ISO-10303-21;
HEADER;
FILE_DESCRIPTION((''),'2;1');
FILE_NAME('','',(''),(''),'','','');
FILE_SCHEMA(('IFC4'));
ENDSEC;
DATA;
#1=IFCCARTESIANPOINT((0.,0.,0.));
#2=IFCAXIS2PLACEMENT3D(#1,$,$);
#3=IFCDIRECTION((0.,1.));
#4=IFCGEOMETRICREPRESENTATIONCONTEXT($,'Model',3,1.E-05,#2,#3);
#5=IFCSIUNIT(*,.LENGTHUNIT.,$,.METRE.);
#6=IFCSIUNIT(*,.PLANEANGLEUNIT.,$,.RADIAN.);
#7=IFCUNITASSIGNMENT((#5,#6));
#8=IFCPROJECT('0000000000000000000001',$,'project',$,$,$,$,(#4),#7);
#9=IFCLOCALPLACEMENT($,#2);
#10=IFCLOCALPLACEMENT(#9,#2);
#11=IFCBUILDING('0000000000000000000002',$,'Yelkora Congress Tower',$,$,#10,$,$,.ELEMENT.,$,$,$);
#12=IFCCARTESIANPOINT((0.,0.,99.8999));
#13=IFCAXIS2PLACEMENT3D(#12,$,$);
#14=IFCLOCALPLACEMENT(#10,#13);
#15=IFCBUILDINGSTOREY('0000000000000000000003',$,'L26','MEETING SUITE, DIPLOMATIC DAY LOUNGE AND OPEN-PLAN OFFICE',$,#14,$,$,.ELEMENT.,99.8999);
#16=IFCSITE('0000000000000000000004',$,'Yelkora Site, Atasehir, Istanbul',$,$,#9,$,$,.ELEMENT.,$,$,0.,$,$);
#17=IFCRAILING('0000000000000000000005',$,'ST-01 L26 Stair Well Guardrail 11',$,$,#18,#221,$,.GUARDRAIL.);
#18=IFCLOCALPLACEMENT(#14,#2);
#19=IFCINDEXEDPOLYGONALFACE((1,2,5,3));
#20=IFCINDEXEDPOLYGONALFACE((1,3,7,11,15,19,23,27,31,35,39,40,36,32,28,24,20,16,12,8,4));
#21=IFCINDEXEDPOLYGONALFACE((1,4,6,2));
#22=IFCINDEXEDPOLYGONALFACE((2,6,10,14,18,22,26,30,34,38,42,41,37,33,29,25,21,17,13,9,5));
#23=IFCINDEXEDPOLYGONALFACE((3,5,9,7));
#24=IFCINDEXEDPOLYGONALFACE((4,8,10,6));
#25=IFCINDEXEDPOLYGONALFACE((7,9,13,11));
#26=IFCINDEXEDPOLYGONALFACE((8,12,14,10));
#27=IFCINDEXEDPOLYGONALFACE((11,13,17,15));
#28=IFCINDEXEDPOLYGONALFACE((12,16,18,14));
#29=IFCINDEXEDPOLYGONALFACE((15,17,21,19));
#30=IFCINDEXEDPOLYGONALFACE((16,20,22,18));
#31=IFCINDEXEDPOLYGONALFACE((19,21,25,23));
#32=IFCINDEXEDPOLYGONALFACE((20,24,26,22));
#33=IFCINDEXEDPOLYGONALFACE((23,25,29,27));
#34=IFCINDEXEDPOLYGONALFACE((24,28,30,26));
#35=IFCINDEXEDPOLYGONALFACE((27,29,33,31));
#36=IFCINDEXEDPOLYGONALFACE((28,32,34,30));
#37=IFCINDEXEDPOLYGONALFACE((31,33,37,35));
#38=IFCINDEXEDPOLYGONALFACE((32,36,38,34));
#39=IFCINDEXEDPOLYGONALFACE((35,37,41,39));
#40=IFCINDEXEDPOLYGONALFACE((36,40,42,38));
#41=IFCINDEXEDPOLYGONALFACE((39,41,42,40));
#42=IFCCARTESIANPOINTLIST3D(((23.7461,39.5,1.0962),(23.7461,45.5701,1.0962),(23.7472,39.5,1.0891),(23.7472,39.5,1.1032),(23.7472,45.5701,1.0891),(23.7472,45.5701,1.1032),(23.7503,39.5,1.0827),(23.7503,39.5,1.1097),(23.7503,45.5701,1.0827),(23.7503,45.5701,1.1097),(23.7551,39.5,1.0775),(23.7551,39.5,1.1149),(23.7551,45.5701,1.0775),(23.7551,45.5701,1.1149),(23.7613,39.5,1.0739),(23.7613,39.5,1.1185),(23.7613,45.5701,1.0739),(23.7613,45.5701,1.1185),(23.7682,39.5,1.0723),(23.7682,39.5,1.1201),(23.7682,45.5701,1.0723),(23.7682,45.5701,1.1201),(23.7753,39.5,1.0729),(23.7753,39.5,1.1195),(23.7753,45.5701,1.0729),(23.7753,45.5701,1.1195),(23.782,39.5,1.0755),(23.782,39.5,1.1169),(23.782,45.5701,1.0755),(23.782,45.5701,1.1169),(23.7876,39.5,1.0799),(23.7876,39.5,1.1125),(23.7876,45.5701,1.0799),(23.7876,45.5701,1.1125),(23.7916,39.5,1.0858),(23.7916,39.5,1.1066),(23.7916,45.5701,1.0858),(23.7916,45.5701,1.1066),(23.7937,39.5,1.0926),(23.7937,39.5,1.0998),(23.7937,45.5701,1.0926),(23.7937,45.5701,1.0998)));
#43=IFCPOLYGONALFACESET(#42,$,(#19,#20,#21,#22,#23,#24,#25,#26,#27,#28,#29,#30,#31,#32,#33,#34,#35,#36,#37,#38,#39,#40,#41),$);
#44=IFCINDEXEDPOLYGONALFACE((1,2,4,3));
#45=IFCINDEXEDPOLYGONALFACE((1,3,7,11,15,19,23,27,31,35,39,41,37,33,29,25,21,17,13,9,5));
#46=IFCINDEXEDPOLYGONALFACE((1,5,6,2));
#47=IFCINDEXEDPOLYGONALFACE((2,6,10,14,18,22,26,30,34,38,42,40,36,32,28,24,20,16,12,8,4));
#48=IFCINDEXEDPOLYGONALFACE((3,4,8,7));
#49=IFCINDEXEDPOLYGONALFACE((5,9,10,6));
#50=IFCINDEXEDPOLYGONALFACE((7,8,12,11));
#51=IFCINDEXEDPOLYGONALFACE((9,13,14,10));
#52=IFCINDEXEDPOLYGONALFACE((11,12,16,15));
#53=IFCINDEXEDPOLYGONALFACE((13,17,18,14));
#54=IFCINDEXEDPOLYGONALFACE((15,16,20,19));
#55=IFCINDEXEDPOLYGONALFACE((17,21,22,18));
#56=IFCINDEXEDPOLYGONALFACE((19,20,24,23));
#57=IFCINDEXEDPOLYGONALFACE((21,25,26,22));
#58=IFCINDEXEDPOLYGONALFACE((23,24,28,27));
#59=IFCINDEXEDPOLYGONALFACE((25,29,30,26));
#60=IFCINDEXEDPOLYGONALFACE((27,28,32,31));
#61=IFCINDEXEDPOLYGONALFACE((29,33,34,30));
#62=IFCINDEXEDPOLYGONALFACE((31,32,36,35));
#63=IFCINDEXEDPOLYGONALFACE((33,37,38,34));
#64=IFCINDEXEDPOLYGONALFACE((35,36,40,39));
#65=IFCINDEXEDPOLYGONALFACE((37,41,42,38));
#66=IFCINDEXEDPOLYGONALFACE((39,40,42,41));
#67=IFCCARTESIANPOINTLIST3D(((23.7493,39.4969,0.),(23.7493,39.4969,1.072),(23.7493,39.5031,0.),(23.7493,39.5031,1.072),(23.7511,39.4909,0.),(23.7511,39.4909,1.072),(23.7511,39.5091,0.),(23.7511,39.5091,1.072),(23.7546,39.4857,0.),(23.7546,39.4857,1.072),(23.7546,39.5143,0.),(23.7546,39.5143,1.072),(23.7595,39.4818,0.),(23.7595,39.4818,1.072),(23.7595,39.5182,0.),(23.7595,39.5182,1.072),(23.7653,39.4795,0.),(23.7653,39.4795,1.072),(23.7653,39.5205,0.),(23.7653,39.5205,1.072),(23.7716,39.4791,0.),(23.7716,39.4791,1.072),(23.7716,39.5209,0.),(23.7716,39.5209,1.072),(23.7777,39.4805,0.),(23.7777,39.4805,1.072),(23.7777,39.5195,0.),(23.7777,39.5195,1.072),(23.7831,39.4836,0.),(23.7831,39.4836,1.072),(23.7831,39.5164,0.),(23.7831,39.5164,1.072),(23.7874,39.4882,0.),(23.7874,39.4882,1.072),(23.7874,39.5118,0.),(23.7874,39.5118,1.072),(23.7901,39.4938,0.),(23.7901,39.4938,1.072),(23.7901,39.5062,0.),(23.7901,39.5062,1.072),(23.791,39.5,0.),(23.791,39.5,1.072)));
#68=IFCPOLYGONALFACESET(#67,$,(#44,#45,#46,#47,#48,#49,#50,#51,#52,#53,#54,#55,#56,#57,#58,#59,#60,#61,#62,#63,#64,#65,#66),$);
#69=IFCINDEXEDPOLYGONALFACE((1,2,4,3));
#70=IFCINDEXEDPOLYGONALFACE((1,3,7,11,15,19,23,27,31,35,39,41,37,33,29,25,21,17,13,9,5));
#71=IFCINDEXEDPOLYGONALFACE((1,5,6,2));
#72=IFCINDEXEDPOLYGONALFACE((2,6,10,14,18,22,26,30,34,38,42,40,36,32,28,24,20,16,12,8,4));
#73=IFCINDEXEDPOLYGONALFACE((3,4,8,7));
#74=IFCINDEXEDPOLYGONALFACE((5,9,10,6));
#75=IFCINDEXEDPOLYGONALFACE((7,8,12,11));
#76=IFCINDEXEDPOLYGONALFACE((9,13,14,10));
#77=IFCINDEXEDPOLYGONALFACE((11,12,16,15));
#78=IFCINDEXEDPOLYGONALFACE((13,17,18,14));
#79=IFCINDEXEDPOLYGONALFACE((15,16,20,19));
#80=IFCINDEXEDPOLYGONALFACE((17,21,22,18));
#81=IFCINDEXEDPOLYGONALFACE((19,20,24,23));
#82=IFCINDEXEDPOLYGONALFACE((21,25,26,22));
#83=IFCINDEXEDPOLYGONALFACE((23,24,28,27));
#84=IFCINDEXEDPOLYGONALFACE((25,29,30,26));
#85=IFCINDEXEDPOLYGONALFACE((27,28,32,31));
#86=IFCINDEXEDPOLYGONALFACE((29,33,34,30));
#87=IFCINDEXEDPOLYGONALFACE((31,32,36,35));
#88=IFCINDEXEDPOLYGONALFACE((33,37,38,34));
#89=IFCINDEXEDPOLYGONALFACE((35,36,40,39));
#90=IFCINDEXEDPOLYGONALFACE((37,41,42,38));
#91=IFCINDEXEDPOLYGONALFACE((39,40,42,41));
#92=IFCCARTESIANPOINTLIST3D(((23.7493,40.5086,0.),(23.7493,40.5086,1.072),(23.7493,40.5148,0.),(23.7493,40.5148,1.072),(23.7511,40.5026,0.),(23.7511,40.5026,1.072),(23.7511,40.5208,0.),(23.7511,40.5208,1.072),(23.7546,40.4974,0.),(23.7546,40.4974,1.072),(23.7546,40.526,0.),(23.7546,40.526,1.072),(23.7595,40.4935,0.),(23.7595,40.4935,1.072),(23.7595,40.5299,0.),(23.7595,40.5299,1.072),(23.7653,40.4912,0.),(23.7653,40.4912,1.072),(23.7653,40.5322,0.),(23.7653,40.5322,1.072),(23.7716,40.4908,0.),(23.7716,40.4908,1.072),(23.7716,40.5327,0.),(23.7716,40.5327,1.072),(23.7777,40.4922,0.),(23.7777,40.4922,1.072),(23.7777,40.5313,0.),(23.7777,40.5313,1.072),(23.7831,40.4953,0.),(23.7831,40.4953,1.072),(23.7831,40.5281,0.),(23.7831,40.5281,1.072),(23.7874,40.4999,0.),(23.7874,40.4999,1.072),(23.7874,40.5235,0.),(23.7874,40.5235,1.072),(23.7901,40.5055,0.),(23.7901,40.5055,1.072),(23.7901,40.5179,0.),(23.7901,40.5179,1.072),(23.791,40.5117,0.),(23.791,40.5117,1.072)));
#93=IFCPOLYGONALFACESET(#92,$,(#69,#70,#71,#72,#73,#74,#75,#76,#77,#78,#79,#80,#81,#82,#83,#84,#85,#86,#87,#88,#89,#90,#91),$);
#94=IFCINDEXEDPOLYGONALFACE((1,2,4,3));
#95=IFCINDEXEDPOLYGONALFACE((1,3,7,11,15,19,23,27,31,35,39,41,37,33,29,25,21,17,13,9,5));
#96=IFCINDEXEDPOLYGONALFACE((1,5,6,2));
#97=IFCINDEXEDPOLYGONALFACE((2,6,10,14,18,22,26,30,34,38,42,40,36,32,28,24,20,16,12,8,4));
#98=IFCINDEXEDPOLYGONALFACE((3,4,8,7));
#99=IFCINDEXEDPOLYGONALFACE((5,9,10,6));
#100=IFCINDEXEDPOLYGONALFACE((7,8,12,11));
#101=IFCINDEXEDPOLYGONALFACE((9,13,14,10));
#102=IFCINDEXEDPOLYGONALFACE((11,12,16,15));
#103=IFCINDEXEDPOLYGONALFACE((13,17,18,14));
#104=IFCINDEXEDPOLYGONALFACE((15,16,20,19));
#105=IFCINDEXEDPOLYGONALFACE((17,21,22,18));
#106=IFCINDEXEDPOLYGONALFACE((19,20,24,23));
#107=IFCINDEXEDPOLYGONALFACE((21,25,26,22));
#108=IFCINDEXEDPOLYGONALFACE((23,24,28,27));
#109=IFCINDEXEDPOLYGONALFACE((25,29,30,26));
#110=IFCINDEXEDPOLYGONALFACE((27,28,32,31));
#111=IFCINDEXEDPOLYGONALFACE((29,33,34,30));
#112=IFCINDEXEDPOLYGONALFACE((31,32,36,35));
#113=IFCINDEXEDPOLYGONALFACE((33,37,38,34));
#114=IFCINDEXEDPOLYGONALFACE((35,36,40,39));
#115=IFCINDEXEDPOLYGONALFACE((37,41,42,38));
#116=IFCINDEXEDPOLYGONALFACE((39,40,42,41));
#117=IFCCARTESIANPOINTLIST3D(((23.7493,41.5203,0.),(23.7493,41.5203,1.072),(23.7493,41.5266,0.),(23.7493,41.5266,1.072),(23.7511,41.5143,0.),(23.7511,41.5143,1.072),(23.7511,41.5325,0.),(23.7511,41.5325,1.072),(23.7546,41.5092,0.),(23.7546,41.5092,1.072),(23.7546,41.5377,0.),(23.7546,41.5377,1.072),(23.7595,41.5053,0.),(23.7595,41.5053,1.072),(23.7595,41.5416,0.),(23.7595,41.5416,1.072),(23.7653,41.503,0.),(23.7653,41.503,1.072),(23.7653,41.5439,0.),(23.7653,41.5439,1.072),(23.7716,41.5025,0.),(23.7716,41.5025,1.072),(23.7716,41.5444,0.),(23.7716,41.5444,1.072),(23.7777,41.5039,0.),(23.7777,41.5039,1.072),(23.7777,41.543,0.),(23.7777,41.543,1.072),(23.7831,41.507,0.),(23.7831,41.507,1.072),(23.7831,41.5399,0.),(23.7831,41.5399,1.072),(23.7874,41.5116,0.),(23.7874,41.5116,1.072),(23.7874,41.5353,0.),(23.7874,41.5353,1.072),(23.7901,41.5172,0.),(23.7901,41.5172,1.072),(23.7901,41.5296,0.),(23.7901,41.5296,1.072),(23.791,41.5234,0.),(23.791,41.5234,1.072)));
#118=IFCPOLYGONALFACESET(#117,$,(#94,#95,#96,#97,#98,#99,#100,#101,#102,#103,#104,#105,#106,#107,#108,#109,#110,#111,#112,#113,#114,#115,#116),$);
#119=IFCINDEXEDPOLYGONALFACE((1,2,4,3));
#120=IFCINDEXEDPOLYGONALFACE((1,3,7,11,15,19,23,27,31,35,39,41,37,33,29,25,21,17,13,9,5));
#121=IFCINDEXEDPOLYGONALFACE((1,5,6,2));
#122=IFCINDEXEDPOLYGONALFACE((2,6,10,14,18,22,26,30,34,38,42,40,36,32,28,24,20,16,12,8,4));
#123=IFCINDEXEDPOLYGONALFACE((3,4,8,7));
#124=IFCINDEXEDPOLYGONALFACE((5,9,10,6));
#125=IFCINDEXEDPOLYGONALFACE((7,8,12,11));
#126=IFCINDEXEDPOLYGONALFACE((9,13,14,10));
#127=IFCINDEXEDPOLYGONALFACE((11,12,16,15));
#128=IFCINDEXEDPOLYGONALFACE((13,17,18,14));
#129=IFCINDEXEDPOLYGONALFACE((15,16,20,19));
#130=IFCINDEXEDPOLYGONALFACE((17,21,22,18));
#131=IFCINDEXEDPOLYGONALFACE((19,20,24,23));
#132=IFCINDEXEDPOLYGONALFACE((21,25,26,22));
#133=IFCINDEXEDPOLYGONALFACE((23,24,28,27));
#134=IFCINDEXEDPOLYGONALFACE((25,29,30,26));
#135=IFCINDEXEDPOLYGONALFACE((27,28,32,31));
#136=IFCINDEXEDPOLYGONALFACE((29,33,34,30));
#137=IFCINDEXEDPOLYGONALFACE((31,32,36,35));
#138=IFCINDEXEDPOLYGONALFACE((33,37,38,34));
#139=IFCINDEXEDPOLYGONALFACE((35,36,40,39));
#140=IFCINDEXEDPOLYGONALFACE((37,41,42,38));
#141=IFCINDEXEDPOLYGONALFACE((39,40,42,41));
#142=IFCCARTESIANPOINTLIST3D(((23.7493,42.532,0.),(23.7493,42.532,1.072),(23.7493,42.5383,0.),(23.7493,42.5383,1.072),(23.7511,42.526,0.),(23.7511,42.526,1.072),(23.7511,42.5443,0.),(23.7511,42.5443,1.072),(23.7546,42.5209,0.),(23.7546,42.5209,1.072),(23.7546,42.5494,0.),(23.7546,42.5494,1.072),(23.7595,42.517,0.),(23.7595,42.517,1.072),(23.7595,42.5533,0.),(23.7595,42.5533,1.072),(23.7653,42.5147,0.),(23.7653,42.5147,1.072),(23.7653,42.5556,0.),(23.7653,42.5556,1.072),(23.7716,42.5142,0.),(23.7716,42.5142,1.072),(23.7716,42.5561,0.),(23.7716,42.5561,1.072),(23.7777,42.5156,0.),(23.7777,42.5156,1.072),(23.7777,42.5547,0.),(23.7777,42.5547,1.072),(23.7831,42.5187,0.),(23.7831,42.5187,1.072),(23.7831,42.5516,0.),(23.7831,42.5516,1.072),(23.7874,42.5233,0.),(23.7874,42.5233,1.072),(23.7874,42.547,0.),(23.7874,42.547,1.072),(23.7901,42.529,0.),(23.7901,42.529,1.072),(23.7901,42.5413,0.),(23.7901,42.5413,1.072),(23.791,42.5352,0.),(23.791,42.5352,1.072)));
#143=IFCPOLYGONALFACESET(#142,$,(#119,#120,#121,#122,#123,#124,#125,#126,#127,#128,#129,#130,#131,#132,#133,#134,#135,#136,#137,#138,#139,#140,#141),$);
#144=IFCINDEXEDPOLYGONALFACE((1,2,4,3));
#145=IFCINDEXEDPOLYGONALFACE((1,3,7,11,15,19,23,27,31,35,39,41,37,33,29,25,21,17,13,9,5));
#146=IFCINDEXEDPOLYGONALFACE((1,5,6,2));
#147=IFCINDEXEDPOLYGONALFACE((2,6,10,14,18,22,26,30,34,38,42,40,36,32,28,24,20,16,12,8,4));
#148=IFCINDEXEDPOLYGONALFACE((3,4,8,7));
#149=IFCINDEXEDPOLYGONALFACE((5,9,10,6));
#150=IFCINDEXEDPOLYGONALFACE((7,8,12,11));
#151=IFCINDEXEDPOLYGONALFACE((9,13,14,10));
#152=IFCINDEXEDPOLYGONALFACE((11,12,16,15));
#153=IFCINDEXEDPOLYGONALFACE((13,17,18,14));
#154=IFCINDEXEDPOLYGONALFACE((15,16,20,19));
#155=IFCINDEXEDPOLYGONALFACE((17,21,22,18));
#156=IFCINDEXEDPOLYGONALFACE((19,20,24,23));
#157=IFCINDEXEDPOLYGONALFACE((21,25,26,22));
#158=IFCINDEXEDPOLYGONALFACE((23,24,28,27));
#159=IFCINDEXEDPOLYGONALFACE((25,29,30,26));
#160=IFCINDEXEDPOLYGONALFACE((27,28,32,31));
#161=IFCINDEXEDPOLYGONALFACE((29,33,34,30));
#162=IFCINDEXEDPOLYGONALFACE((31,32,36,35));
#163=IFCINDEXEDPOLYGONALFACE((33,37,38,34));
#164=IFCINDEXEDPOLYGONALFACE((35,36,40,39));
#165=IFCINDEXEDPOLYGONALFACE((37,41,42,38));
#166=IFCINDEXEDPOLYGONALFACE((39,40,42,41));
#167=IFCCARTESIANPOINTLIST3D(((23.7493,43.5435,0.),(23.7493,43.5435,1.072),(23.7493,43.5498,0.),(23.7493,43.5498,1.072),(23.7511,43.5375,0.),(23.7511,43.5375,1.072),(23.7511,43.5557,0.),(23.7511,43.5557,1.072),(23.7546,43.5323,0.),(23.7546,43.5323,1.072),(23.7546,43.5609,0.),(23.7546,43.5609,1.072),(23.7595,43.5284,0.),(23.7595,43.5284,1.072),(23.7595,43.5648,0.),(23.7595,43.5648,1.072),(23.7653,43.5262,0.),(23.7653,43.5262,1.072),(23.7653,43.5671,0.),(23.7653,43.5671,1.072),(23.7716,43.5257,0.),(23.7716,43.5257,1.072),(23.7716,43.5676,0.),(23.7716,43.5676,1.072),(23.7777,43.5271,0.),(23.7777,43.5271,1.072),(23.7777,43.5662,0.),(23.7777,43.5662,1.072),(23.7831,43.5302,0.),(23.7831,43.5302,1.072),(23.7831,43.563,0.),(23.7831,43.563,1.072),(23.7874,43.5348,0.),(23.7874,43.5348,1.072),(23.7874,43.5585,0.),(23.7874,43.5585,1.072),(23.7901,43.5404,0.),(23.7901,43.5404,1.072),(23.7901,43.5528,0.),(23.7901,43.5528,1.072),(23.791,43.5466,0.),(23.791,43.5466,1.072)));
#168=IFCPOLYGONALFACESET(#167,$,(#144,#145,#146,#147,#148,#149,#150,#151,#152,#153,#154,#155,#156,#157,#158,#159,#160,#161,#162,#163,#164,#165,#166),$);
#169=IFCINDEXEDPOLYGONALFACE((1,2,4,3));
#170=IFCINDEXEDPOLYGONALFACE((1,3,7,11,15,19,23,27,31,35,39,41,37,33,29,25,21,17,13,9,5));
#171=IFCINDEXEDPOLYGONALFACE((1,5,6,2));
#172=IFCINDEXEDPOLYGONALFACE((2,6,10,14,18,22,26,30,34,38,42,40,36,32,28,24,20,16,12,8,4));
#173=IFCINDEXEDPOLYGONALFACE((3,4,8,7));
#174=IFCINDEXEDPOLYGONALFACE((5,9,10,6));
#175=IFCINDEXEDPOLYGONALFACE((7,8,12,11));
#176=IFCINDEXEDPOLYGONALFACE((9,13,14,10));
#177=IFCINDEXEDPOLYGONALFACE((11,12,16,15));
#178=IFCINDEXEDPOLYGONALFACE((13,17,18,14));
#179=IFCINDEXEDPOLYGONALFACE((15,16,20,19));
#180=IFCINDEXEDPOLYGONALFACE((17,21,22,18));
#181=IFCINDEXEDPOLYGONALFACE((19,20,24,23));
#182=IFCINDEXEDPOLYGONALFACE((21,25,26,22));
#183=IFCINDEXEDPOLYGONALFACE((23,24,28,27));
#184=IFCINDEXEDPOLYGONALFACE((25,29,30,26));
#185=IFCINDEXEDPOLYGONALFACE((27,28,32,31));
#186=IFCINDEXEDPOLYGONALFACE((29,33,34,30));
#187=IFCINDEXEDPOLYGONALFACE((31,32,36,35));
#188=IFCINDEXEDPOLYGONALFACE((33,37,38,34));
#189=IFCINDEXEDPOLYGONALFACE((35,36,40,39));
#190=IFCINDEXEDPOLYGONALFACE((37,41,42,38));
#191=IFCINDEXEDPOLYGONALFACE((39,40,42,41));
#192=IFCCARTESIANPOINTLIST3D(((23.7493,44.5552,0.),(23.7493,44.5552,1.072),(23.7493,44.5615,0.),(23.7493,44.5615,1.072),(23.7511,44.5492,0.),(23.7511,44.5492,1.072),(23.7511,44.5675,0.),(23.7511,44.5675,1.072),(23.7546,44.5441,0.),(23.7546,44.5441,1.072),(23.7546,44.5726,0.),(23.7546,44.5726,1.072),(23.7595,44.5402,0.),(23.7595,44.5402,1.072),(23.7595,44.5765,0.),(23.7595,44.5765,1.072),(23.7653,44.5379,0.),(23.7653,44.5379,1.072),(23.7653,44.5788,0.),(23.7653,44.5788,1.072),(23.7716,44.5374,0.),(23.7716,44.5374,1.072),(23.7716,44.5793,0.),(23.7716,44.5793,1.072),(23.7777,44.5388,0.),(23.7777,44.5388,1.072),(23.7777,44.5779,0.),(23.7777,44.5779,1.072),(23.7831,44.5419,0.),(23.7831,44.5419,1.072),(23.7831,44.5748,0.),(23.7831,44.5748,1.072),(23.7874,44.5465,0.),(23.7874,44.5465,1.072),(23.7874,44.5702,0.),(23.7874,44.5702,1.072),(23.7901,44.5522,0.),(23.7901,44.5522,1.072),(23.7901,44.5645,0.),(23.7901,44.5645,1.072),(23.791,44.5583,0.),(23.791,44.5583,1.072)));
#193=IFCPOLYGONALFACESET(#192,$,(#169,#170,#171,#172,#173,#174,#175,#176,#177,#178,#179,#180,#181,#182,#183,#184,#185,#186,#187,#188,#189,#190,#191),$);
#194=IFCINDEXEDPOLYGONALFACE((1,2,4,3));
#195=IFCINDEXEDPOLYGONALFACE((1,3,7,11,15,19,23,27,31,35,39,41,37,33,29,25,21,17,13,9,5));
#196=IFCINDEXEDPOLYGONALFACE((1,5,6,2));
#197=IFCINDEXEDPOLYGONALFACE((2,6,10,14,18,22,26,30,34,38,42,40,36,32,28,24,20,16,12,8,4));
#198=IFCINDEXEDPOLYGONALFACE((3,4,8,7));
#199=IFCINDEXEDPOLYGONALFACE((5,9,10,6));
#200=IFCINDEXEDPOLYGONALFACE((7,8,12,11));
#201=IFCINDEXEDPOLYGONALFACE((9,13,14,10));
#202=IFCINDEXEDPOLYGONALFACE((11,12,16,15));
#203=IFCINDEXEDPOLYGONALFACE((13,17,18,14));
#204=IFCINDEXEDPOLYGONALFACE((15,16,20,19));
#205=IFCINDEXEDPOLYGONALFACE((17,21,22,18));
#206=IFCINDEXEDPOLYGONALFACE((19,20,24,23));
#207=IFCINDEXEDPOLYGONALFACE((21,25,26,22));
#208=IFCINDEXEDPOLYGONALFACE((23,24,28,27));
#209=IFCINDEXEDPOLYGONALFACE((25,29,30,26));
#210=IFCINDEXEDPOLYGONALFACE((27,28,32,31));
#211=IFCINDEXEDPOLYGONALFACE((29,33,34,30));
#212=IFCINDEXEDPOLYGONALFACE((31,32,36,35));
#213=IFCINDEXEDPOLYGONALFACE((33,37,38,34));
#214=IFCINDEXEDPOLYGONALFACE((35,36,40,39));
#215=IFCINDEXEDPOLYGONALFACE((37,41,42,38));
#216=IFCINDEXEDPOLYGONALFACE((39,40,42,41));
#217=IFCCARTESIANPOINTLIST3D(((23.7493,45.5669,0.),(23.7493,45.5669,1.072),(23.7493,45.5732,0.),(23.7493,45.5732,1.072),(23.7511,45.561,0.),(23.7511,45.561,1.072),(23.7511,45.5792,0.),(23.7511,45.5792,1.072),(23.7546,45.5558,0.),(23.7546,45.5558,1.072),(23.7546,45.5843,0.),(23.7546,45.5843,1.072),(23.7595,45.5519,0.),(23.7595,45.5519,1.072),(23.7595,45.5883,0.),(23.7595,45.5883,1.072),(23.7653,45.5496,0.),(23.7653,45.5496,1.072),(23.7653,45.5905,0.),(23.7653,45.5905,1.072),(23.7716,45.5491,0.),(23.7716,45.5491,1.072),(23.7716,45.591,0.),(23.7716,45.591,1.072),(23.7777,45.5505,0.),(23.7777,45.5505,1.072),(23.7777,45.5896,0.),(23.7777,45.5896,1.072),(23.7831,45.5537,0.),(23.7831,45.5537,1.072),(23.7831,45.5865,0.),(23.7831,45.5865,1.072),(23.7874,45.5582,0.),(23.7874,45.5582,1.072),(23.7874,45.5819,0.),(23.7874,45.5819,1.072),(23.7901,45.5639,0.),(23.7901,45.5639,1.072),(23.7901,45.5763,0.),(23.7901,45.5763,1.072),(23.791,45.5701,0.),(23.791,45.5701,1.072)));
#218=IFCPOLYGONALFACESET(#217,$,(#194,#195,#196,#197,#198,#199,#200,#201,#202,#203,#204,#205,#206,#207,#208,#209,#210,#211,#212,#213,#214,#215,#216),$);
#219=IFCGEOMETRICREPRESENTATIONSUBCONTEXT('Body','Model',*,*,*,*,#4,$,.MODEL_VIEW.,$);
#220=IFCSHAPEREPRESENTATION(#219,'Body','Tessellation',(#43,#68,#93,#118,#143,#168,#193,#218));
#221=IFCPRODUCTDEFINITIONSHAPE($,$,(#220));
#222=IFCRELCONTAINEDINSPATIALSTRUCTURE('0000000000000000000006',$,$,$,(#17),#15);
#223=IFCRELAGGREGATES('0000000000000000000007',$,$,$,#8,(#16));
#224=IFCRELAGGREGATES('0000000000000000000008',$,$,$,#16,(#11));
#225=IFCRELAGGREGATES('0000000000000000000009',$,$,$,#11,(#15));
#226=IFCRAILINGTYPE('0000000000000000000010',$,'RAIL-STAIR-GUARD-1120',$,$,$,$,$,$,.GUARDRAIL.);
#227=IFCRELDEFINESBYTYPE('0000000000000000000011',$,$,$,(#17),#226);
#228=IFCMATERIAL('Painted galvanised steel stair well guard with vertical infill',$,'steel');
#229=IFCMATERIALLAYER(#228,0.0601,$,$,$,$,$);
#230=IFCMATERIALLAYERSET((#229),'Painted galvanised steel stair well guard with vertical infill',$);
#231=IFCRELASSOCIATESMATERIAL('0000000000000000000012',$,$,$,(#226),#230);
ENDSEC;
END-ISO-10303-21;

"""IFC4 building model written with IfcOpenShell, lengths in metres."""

from ifc_helpers import new_model, si_unit, direction, frame, origin, origin_2d, place, context, subcontext, project, spatial, circle, extrude, material, layer, layer_set, type_object, element, save


model = new_model("IFC4")

# Units and contexts
model_context = context("Model", 3, precision=1e-05, world=origin(), true_north=direction((0.0, 1.0)))
body_context = subcontext(model_context, "Body", "Model", "MODEL_VIEW")
ifc_project = project(units=[si_unit("LENGTHUNIT", "METRE"), si_unit("PLANEANGLEUNIT", "RADIAN")], contexts=[model_context])

# Site, building, storey
site_placement = place(None, origin())
site = spatial("IfcSite", under=ifc_project, at=site_placement, Name="Yelkora Site, Atasehir, Istanbul", CompositionType="ELEMENT", RefElevation=0.0)
building_placement = place(site_placement, origin())
building = spatial("IfcBuilding", under=site, at=building_placement, Name="Yelkora Congress Tower", CompositionType="ELEMENT")
storey_placement = place(building_placement, frame((0.0, 0.0, 99.8999)))
storey = spatial("IfcBuildingStorey", under=building, at=storey_placement, Name="L26", Description="MEETING SUITE, DIPLOMATIC DAY LOUNGE AND OPEN-PLAN OFFICE", CompositionType="ELEMENT", Elevation=99.8999)

# Railing
ifc_material_1 = material(Name="Painted galvanised steel stair well guard with vertical infill", Category="steel")
ifc_layer_1 = layer(ifc_material_1, 0.0601)
ifc_layer_set_1 = layer_set([ifc_layer_1], Name="Painted galvanised steel stair well guard with vertical infill")
railing_type_1 = type_object("IfcRailingType", Name="RAIL-STAIR-GUARD-1120", PredefinedType="GUARDRAIL", material=ifc_layer_set_1)
railing_1_placement = place(storey_placement, frame((23.77, 39.5, 0.0)))
element("IfcRailing", 1, at=railing_1_placement, inside=storey, type_object=railing_type_1, Name="ST-01 L26 Stair Well Guardrail 11", PredefinedType="GUARDRAIL", context=body_context, shape_type="SweptSolid", body=[
    extrude(circle(Radius=0.0239, at=origin_2d()), frame((0.0, 0.0, 1.0962), z_axis=(0.0, 1.0, 0.0), x_axis=(-1.0, 0.0, 0.0)), (0.0, 0.0, 1.0), 6.0701),
    extrude(circle(Radius=0.021, at=origin_2d()), origin(), (0.0, 0.0, 1.0), 1.072),
    extrude(circle(Radius=0.021, at=origin_2d()), frame((0.0, 1.0117, 0.0)), (0.0, 0.0, 1.0), 1.072),
    extrude(circle(Radius=0.021, at=origin_2d()), frame((0.0, 2.0234, 0.0)), (0.0, 0.0, 1.0), 1.072),
    extrude(circle(Radius=0.021, at=origin_2d()), frame((0.0, 3.0352, 0.0)), (0.0, 0.0, 1.0), 1.072),
    extrude(circle(Radius=0.021, at=origin_2d()), frame((0.0, 4.0466, 0.0)), (0.0, 0.0, 1.0), 1.072),
    extrude(circle(Radius=0.021, at=origin_2d()), frame((0.0, 5.0583, 0.0)), (0.0, 0.0, 1.0), 1.072),
    extrude(circle(Radius=0.021, at=origin_2d()), frame((0.0, 6.0701, 0.0)), (0.0, 0.0, 1.0), 1.072),
])

save(model, "model.ifc")
